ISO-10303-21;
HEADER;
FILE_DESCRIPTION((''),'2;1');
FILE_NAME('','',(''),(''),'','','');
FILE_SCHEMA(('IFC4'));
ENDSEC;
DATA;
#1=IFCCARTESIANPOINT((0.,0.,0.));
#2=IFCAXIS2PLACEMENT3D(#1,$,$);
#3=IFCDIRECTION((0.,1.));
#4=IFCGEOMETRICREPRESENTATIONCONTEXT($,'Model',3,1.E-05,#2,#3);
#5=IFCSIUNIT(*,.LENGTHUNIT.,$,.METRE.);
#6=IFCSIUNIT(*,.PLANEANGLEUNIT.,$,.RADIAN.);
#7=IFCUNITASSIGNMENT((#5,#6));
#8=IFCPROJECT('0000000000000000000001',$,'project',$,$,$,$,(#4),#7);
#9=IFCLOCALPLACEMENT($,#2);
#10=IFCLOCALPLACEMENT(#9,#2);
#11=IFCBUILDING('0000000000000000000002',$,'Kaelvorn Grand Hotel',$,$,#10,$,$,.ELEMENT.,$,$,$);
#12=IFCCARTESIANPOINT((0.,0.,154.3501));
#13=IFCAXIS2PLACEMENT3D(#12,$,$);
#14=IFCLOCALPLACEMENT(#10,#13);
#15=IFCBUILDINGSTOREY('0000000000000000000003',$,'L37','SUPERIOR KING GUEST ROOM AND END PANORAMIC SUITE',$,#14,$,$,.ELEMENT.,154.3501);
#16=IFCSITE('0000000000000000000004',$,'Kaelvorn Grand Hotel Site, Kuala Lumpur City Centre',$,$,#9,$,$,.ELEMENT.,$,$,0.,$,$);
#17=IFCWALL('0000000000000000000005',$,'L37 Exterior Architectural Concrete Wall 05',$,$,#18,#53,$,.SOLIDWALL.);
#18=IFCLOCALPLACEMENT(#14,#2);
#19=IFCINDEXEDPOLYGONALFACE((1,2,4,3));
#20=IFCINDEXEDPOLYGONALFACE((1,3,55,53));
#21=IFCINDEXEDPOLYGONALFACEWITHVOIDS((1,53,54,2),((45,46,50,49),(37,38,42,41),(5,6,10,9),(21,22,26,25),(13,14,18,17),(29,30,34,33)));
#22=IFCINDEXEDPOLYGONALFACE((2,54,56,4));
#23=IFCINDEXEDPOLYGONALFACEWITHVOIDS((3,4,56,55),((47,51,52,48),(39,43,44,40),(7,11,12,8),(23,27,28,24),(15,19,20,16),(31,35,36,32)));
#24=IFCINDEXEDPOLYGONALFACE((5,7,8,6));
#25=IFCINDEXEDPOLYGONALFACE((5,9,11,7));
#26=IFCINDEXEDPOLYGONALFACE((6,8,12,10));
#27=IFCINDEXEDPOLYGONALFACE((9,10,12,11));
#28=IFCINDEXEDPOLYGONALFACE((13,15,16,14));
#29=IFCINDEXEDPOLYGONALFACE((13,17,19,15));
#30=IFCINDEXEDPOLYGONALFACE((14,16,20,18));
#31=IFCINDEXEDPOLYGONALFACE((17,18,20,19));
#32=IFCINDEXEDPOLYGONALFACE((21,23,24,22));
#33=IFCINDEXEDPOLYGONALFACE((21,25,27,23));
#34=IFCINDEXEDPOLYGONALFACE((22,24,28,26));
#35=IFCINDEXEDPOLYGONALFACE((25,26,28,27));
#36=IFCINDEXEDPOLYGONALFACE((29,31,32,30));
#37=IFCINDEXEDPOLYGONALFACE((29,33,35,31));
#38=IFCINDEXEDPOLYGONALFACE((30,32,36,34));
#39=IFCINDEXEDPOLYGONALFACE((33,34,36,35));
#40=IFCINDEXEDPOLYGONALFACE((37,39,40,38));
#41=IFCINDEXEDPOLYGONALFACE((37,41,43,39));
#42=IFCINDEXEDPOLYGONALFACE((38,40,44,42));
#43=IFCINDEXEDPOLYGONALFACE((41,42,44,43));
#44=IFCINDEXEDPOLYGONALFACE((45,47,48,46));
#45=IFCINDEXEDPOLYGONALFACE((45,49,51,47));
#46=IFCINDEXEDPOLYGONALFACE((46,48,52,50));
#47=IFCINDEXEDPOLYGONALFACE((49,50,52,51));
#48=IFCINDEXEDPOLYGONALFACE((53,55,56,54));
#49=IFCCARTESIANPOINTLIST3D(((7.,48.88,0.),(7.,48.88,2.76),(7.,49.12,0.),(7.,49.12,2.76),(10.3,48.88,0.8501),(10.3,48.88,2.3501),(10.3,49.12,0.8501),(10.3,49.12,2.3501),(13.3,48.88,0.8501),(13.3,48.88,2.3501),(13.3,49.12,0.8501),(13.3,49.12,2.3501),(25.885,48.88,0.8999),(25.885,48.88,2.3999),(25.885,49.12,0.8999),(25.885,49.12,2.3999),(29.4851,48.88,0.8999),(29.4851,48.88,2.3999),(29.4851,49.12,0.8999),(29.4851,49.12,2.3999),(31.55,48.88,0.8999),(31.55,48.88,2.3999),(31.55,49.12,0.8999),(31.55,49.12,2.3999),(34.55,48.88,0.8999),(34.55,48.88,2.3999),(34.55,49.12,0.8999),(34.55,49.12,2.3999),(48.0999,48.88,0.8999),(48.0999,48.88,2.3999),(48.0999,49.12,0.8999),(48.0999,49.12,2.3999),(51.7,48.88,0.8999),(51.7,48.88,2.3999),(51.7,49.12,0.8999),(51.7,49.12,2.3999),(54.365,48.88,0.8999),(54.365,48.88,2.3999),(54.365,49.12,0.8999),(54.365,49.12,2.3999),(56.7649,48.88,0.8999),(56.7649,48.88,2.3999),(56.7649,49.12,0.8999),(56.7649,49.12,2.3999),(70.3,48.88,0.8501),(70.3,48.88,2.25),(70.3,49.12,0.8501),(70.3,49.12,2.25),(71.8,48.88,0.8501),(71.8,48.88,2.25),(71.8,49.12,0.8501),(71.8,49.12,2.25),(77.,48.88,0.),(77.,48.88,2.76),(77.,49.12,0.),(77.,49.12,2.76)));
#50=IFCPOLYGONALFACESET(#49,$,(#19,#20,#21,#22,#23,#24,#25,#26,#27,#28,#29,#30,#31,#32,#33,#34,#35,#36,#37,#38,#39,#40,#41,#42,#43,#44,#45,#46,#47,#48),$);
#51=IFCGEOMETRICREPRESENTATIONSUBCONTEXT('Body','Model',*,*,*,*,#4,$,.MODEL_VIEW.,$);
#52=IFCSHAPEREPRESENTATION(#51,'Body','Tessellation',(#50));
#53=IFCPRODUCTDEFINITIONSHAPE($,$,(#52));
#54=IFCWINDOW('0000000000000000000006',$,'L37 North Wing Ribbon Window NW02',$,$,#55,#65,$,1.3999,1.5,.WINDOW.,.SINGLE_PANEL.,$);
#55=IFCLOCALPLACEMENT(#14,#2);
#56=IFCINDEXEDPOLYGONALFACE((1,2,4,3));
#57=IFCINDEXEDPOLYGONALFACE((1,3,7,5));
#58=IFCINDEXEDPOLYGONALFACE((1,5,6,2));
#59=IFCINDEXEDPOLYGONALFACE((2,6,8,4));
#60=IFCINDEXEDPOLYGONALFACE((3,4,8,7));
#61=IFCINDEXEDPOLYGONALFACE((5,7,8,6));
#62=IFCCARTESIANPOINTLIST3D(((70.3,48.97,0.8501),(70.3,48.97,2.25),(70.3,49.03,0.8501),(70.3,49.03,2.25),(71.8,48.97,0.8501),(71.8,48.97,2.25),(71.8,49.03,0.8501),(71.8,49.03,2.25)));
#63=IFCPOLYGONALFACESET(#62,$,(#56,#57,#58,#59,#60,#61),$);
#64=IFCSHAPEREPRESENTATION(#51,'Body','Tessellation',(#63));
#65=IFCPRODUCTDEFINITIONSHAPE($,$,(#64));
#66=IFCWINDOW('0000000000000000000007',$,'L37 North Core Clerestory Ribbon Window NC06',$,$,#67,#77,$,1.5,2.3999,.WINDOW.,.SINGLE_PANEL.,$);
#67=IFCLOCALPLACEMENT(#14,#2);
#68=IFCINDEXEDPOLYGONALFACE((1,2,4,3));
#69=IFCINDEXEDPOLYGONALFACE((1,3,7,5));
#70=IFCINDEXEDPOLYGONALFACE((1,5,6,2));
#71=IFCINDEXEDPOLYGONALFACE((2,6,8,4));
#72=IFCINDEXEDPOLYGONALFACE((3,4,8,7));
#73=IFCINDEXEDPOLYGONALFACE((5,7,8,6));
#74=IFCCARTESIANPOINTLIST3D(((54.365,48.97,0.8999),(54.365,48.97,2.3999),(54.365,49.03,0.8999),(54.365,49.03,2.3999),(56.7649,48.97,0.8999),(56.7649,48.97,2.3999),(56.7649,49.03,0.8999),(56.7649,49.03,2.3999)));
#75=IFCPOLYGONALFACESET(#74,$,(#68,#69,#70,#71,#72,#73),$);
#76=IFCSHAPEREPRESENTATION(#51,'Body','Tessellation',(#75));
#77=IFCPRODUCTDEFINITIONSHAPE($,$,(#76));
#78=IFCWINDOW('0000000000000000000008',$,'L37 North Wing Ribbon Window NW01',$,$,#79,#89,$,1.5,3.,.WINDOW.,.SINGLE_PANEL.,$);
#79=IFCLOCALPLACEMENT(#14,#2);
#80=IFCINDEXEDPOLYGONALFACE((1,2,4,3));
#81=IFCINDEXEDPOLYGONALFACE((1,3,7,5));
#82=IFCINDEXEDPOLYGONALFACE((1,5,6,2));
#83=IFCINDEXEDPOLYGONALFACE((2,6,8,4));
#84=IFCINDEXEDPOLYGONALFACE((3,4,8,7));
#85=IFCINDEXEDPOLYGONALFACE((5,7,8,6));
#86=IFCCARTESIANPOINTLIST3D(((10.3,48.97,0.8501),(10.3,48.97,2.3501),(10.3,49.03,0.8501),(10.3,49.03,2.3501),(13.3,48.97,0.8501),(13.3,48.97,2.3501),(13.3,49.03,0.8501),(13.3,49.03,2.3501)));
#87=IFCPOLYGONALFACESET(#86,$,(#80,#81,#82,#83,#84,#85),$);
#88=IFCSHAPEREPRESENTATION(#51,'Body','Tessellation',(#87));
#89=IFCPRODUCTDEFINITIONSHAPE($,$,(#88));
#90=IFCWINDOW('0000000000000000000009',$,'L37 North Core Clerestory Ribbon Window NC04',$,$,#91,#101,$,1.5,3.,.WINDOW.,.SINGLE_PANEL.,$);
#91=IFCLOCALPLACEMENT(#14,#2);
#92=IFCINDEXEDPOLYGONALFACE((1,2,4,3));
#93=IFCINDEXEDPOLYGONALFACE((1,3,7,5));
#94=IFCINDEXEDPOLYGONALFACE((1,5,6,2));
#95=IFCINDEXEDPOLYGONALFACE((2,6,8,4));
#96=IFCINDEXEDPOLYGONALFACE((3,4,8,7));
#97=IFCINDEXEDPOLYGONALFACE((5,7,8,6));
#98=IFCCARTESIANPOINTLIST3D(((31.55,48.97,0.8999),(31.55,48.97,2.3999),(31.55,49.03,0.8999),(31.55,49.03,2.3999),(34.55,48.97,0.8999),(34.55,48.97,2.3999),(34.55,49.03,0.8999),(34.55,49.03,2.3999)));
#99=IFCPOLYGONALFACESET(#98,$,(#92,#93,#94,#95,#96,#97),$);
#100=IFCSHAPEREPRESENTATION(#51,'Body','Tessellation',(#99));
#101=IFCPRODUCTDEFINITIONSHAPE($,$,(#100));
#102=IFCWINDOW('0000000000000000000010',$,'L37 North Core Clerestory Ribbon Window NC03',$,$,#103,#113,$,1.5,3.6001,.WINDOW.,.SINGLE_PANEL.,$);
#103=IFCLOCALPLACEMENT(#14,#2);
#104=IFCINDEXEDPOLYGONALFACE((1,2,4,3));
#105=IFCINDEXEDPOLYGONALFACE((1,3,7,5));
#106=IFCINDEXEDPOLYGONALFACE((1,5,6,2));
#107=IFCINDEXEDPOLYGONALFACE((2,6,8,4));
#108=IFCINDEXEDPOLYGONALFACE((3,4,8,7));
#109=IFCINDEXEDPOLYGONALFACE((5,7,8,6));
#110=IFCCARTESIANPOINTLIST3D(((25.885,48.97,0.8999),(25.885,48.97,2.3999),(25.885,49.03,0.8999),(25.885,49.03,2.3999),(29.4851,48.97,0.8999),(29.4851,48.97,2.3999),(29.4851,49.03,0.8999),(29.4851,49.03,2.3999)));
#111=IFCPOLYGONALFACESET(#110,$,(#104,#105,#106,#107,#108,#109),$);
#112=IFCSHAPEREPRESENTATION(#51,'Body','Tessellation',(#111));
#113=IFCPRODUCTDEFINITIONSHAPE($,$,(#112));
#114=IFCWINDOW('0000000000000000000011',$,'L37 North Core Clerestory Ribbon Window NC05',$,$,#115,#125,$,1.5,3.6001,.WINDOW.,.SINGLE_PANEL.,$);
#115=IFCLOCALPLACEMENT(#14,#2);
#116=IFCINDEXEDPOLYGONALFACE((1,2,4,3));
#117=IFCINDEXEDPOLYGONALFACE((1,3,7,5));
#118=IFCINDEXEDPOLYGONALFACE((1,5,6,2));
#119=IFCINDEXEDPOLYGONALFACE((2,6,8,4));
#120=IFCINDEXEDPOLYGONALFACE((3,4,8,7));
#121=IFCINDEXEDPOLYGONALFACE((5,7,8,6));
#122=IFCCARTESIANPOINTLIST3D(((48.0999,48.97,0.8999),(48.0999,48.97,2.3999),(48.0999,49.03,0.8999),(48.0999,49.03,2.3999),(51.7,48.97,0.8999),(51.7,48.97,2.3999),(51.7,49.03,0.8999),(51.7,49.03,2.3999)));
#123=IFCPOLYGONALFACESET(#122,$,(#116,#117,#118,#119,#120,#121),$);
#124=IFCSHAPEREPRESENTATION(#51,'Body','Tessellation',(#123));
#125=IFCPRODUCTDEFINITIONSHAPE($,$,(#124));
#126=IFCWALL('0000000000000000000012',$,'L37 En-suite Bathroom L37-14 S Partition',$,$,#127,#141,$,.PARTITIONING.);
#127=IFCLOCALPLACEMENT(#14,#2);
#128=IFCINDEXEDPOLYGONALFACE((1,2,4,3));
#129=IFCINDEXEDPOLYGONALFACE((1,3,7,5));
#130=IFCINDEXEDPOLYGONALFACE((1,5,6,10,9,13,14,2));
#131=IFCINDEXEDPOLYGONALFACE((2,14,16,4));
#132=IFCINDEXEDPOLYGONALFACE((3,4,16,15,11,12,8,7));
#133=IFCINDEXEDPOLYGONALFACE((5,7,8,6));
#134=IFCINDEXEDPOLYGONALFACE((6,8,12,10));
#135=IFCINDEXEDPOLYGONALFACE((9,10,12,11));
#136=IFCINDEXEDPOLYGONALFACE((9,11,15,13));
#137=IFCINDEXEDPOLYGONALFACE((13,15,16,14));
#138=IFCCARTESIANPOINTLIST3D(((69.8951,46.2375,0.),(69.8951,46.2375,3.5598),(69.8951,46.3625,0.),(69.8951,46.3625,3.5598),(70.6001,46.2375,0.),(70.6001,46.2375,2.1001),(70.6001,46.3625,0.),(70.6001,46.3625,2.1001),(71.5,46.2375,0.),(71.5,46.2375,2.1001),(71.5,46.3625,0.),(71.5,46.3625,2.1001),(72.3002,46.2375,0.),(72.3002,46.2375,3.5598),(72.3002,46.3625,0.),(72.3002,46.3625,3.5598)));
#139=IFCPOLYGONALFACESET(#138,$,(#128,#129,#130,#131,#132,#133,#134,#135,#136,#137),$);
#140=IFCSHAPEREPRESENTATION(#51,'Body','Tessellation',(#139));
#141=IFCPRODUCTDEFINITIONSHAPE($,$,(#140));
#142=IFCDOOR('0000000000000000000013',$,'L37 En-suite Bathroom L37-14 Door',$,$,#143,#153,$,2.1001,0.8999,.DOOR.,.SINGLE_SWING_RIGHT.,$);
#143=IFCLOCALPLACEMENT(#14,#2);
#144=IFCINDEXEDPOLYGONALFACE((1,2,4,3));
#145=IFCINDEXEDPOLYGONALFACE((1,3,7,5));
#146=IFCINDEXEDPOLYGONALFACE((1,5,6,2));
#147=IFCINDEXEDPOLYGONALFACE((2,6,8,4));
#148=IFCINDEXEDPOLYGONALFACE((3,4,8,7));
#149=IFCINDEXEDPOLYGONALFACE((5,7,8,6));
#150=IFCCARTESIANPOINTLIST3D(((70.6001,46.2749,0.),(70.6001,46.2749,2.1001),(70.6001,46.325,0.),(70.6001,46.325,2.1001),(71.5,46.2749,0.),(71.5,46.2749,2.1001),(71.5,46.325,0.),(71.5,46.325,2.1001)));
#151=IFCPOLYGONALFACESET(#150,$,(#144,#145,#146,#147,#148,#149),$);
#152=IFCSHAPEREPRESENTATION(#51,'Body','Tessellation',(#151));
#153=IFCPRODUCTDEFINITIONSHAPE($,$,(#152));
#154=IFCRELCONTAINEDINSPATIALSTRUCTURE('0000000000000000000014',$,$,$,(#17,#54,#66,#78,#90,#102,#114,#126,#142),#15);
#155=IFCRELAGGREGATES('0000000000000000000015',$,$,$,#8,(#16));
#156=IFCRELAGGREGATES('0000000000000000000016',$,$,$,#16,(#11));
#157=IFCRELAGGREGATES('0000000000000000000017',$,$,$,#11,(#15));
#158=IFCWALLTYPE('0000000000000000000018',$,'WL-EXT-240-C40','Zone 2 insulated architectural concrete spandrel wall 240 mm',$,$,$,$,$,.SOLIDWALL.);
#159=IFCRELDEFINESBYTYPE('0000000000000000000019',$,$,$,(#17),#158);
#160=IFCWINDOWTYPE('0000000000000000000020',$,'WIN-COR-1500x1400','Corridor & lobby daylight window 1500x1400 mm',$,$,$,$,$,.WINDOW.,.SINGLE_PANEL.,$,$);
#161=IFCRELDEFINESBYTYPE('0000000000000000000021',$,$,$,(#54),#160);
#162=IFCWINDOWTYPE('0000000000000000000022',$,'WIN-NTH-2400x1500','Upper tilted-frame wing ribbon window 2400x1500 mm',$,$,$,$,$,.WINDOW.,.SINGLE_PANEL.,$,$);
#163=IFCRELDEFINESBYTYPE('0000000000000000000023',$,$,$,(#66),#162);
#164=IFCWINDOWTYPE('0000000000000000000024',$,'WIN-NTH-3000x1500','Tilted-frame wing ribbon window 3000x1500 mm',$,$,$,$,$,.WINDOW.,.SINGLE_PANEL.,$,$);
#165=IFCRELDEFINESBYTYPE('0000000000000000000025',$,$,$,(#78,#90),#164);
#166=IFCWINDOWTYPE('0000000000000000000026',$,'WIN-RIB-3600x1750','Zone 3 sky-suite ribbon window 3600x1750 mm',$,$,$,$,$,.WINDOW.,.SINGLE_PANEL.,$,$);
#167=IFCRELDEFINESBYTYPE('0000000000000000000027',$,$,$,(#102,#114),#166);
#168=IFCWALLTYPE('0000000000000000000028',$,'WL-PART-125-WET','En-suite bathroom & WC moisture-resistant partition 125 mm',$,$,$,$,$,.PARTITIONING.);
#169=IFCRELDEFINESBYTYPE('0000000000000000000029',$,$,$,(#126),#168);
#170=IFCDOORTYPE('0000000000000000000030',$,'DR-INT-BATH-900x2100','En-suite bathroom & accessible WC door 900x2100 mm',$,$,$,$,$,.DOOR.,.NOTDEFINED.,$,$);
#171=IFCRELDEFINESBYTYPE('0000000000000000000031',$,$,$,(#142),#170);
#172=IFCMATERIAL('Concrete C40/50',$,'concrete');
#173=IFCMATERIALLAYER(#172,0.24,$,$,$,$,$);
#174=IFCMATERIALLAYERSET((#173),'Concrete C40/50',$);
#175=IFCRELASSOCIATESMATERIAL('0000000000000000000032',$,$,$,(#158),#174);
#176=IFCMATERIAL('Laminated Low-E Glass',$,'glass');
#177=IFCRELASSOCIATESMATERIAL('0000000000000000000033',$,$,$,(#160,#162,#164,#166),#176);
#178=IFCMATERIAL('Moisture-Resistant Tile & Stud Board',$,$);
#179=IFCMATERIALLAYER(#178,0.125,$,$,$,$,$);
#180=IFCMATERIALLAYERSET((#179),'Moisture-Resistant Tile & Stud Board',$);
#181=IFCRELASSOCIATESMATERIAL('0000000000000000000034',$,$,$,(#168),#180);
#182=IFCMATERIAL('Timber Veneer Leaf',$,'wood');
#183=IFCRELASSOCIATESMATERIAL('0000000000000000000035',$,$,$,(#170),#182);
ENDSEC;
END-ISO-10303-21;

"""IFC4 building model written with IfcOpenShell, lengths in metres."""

from ifc_helpers import new_model, si_unit, direction, frame, frame_2d, origin, place, context, subcontext, project, spatial, rectangle, extrude, material, layer, layer_set, type_object, element, fill, save


model = new_model("IFC4")

# Units and contexts
model_context = context("Model", 3, precision=1e-05, world=origin(), true_north=direction((0.0, 1.0)))
body_context = subcontext(model_context, "Body", "Model", "MODEL_VIEW")
ifc_project = project(units=[si_unit("LENGTHUNIT", "METRE"), si_unit("PLANEANGLEUNIT", "RADIAN")], contexts=[model_context])

# Site, building, storey
site_placement = place(None, origin())
site = spatial("IfcSite", under=ifc_project, at=site_placement, Name="Kaelvorn Grand Hotel Site, Kuala Lumpur City Centre", CompositionType="ELEMENT", RefElevation=0.0)
building_placement = place(site_placement, origin())
building = spatial("IfcBuilding", under=site, at=building_placement, Name="Kaelvorn Grand Hotel", CompositionType="ELEMENT")
storey_placement = place(building_placement, frame((0.0, 0.0, 154.3501)))
storey = spatial("IfcBuildingStorey", under=building, at=storey_placement, Name="L37", Description="SUPERIOR KING GUEST ROOM AND END PANORAMIC SUITE", CompositionType="ELEMENT", Elevation=154.3501)

# Shared definitions
ifc_material_1 = material(Name="Concrete C40/50", Category="concrete")
ifc_layer_1 = layer(ifc_material_1, 0.24)
ifc_layer_set_1 = layer_set([ifc_layer_1], Name="Concrete C40/50")
wall_type_1 = type_object("IfcWallType", Name="WL-EXT-240-C40", Description="Zone 2 insulated architectural concrete spandrel wall 240 mm", PredefinedType="SOLIDWALL", material=ifc_layer_set_1)
ifc_material_2 = material(Name="Laminated Low-E Glass", Category="glass")

# Wall, openings, windows
wall_1_placement = place(storey_placement, frame((77.0, 49.0, 0.0), z_axis=(0.0, 0.0, 1.0), x_axis=(-1.0, 0.0, 0.0)))
wall_1 = element("IfcWall", 1, at=wall_1_placement, inside=storey, type_object=wall_type_1, Name="L37 Exterior Architectural Concrete Wall 05", PredefinedType="SOLIDWALL", context=body_context, shape_type="SweptSolid", body=[
    extrude(rectangle(XDim=70.0, YDim=0.24, at=frame_2d((35.0, 0.0))), origin(), (0.0, 0.0, 1.0), 2.76),
])
opening_1_placement = place(wall_1_placement, frame((63.7, 0.0, 0.8501)))
opening_1 = element("IfcOpeningElement", 2, at=opening_1_placement, cuts=wall_1, PredefinedType="OPENING", context=body_context, shape_type="SweptSolid", body=[
    extrude(rectangle(XDim=3.0, YDim=1.5, at=frame_2d((1.5, 0.75))), frame((0.0, 0.1299, 0.0), z_axis=(0.0, -1.0, 0.0), x_axis=(1.0, 0.0, 0.0)), (0.0, 0.0, 1.0), 0.26),
])
opening_2_placement = place(wall_1_placement, frame((5.2, 0.0, 0.8501)))
opening_2 = element("IfcOpeningElement", 3, at=opening_2_placement, cuts=wall_1, PredefinedType="OPENING", context=body_context, shape_type="SweptSolid", body=[
    extrude(rectangle(XDim=1.5, YDim=1.3999, at=frame_2d((0.75, 0.7))), frame((0.0, 0.1299, 0.0), z_axis=(0.0, -1.0, 0.0), x_axis=(1.0, 0.0, 0.0)), (0.0, 0.0, 1.0), 0.26),
])
opening_3_placement = place(wall_1_placement, frame((47.5149, 0.0, 0.8999)))
opening_3 = element("IfcOpeningElement", 4, at=opening_3_placement, cuts=wall_1, PredefinedType="OPENING", context=body_context, shape_type="SweptSolid", body=[
    extrude(rectangle(XDim=3.6001, YDim=1.5, at=frame_2d((1.8, 0.75))), frame((0.0, 0.1299, 0.0), z_axis=(0.0, -1.0, 0.0), x_axis=(1.0, 0.0, 0.0)), (0.0, 0.0, 1.0), 0.26),
])
opening_4_placement = place(wall_1_placement, frame((42.45, 0.0, 0.8999)))
opening_4 = element("IfcOpeningElement", 5, at=opening_4_placement, cuts=wall_1, PredefinedType="OPENING", context=body_context, shape_type="SweptSolid", body=[
    extrude(rectangle(XDim=3.0, YDim=1.5, at=frame_2d((1.5, 0.75))), frame((0.0, 0.1299, 0.0), z_axis=(0.0, -1.0, 0.0), x_axis=(1.0, 0.0, 0.0)), (0.0, 0.0, 1.0), 0.26),
])
opening_5_placement = place(wall_1_placement, frame((25.3, 0.0, 0.8999)))
opening_5 = element("IfcOpeningElement", 6, at=opening_5_placement, cuts=wall_1, PredefinedType="OPENING", context=body_context, shape_type="SweptSolid", body=[
    extrude(rectangle(XDim=3.6001, YDim=1.5, at=frame_2d((1.8, 0.75))), frame((0.0, 0.1299, 0.0), z_axis=(0.0, -1.0, 0.0), x_axis=(1.0, 0.0, 0.0)), (0.0, 0.0, 1.0), 0.26),
])
opening_6_placement = place(wall_1_placement, frame((20.2351, 0.0, 0.8999)))
opening_6 = element("IfcOpeningElement", 7, at=opening_6_placement, cuts=wall_1, PredefinedType="OPENING", context=body_context, shape_type="SweptSolid", body=[
    extrude(rectangle(XDim=2.3999, YDim=1.5, at=frame_2d((1.2, 0.75))), frame((0.0, 0.1299, 0.0), z_axis=(0.0, -1.0, 0.0), x_axis=(1.0, 0.0, 0.0)), (0.0, 0.0, 1.0), 0.26),
])
window_type_1 = type_object("IfcWindowType", Name="WIN-COR-1500x1400", Description="Corridor & lobby daylight window 1500x1400 mm", PartitioningType="SINGLE_PANEL", PredefinedType="WINDOW", material=ifc_material_2)
window_1_placement = place(opening_2_placement, origin())
window_1 = element("IfcWindow", 8, at=window_1_placement, inside=storey, type_object=window_type_1, Name="L37 North Wing Ribbon Window NW02", OverallHeight=1.3999, OverallWidth=1.5, PartitioningType="SINGLE_PANEL", PredefinedType="WINDOW", context=body_context, shape_type="SweptSolid", body=[
    extrude(rectangle(XDim=1.5, YDim=1.3999, at=frame_2d((0.75, 0.7))), frame((0.0, 0.03, 0.0), z_axis=(0.0, -1.0, 0.0), x_axis=(1.0, 0.0, 0.0)), (0.0, 0.0, 1.0), 0.0601),
])
fill(opening_2, window_1)
window_type_2 = type_object("IfcWindowType", Name="WIN-NTH-2400x1500", Description="Upper tilted-frame wing ribbon window 2400x1500 mm", PartitioningType="SINGLE_PANEL", PredefinedType="WINDOW", material=ifc_material_2)
window_2_placement = place(opening_6_placement, origin())
window_2 = element("IfcWindow", 9, at=window_2_placement, inside=storey, type_object=window_type_2, Name="L37 North Core Clerestory Ribbon Window NC06", OverallHeight=1.5, OverallWidth=2.3999, PartitioningType="SINGLE_PANEL", PredefinedType="WINDOW", context=body_context, shape_type="SweptSolid", body=[
    extrude(rectangle(XDim=2.3999, YDim=1.5, at=frame_2d((1.2, 0.75))), frame((0.0, 0.03, 0.0), z_axis=(0.0, -1.0, 0.0), x_axis=(1.0, 0.0, 0.0)), (0.0, 0.0, 1.0), 0.0601),
])
fill(opening_6, window_2)
window_type_3 = type_object("IfcWindowType", Name="WIN-NTH-3000x1500", Description="Tilted-frame wing ribbon window 3000x1500 mm", PartitioningType="SINGLE_PANEL", PredefinedType="WINDOW", material=ifc_material_2)
window_3_placement = place(opening_1_placement, origin())
window_3 = element("IfcWindow", 10, at=window_3_placement, inside=storey, type_object=window_type_3, Name="L37 North Wing Ribbon Window NW01", OverallHeight=1.5, OverallWidth=3.0, PartitioningType="SINGLE_PANEL", PredefinedType="WINDOW", context=body_context, shape_type="SweptSolid", body=[
    extrude(rectangle(XDim=3.0, YDim=1.5, at=frame_2d((1.5, 0.75))), frame((0.0, 0.03, 0.0), z_axis=(0.0, -1.0, 0.0), x_axis=(1.0, 0.0, 0.0)), (0.0, 0.0, 1.0), 0.0601),
])
fill(opening_1, window_3)
window_4_placement = place(opening_4_placement, origin())
window_4 = element("IfcWindow", 11, at=window_4_placement, inside=storey, type_object=window_type_3, Name="L37 North Core Clerestory Ribbon Window NC04", OverallHeight=1.5, OverallWidth=3.0, PartitioningType="SINGLE_PANEL", PredefinedType="WINDOW", context=body_context, shape_type="SweptSolid", body=[
    extrude(rectangle(XDim=3.0, YDim=1.5, at=frame_2d((1.5, 0.75))), frame((0.0, 0.03, 0.0), z_axis=(0.0, -1.0, 0.0), x_axis=(1.0, 0.0, 0.0)), (0.0, 0.0, 1.0), 0.0601),
])
fill(opening_4, window_4)
window_type_4 = type_object("IfcWindowType", Name="WIN-RIB-3600x1750", Description="Zone 3 sky-suite ribbon window 3600x1750 mm", PartitioningType="SINGLE_PANEL", PredefinedType="WINDOW", material=ifc_material_2)
window_5_placement = place(opening_3_placement, origin())
window_5 = element("IfcWindow", 12, at=window_5_placement, inside=storey, type_object=window_type_4, Name="L37 North Core Clerestory Ribbon Window NC03", OverallHeight=1.5, OverallWidth=3.6001, PartitioningType="SINGLE_PANEL", PredefinedType="WINDOW", context=body_context, shape_type="SweptSolid", body=[
    extrude(rectangle(XDim=3.6001, YDim=1.5, at=frame_2d((1.8, 0.75))), frame((0.0, 0.03, 0.0), z_axis=(0.0, -1.0, 0.0), x_axis=(1.0, 0.0, 0.0)), (0.0, 0.0, 1.0), 0.0601),
])
fill(opening_3, window_5)
window_6_placement = place(opening_5_placement, origin())
window_6 = element("IfcWindow", 13, at=window_6_placement, inside=storey, type_object=window_type_4, Name="L37 North Core Clerestory Ribbon Window NC05", OverallHeight=1.5, OverallWidth=3.6001, PartitioningType="SINGLE_PANEL", PredefinedType="WINDOW", context=body_context, shape_type="SweptSolid", body=[
    extrude(rectangle(XDim=3.6001, YDim=1.5, at=frame_2d((1.8, 0.75))), frame((0.0, 0.03, 0.0), z_axis=(0.0, -1.0, 0.0), x_axis=(1.0, 0.0, 0.0)), (0.0, 0.0, 1.0), 0.0601),
])
fill(opening_5, window_6)

# Wall, opening, door
ifc_material_3 = material(Name="Moisture-Resistant Tile & Stud Board")
ifc_layer_2 = layer(ifc_material_3, 0.125)
ifc_layer_set_2 = layer_set([ifc_layer_2], Name="Moisture-Resistant Tile & Stud Board")
wall_type_2 = type_object("IfcWallType", Name="WL-PART-125-WET", Description="En-suite bathroom & WC moisture-resistant partition 125 mm", PredefinedType="PARTITIONING", material=ifc_layer_set_2)
wall_2_placement = place(storey_placement, frame((69.895, 46.3, 0.0), z_axis=(0.0, 0.0, 1.0), x_axis=(1.0, 0.0, 0.0)))
wall_2 = element("IfcWall", 14, at=wall_2_placement, inside=storey, type_object=wall_type_2, Name="L37 En-suite Bathroom L37-14 S Partition", PredefinedType="PARTITIONING", context=body_context, shape_type="SweptSolid", body=[
    extrude(rectangle(XDim=2.405, YDim=0.125, at=frame_2d((1.2026, 0.0))), origin(), (0.0, 0.0, 1.0), 3.5598),
])
opening_7_placement = place(wall_2_placement, frame((0.7051, 0.0, 0.0)))
opening_7 = element("IfcOpeningElement", 15, at=opening_7_placement, cuts=wall_2, PredefinedType="OPENING", context=body_context, shape_type="SweptSolid", body=[
    extrude(rectangle(XDim=0.8999, YDim=2.1001, at=frame_2d((0.45, 1.05))), frame((0.0, 0.0725, 0.0), z_axis=(0.0, -1.0, 0.0), x_axis=(1.0, 0.0, 0.0)), (0.0, 0.0, 1.0), 0.145),
])
ifc_material_4 = material(Name="Timber Veneer Leaf", Category="wood")
door_type = type_object("IfcDoorType", Name="DR-INT-BATH-900x2100", Description="En-suite bathroom & accessible WC door 900x2100 mm", OperationType="NOTDEFINED", PredefinedType="DOOR", material=ifc_material_4)
door_placement = place(opening_7_placement, origin())
door = element("IfcDoor", 16, at=door_placement, inside=storey, type_object=door_type, Name="L37 En-suite Bathroom L37-14 Door", OperationType="SINGLE_SWING_RIGHT", OverallHeight=2.1001, OverallWidth=0.8999, PredefinedType="DOOR", context=body_context, shape_type="SweptSolid", body=[
    extrude(rectangle(XDim=0.8999, YDim=2.1001, at=frame_2d((0.45, 1.05))), frame((0.0, 0.0249, 0.0), z_axis=(0.0, -1.0, 0.0), x_axis=(1.0, 0.0, 0.0)), (0.0, 0.0, 1.0), 0.05),
])
fill(opening_7, door)

save(model, "model.ifc")
